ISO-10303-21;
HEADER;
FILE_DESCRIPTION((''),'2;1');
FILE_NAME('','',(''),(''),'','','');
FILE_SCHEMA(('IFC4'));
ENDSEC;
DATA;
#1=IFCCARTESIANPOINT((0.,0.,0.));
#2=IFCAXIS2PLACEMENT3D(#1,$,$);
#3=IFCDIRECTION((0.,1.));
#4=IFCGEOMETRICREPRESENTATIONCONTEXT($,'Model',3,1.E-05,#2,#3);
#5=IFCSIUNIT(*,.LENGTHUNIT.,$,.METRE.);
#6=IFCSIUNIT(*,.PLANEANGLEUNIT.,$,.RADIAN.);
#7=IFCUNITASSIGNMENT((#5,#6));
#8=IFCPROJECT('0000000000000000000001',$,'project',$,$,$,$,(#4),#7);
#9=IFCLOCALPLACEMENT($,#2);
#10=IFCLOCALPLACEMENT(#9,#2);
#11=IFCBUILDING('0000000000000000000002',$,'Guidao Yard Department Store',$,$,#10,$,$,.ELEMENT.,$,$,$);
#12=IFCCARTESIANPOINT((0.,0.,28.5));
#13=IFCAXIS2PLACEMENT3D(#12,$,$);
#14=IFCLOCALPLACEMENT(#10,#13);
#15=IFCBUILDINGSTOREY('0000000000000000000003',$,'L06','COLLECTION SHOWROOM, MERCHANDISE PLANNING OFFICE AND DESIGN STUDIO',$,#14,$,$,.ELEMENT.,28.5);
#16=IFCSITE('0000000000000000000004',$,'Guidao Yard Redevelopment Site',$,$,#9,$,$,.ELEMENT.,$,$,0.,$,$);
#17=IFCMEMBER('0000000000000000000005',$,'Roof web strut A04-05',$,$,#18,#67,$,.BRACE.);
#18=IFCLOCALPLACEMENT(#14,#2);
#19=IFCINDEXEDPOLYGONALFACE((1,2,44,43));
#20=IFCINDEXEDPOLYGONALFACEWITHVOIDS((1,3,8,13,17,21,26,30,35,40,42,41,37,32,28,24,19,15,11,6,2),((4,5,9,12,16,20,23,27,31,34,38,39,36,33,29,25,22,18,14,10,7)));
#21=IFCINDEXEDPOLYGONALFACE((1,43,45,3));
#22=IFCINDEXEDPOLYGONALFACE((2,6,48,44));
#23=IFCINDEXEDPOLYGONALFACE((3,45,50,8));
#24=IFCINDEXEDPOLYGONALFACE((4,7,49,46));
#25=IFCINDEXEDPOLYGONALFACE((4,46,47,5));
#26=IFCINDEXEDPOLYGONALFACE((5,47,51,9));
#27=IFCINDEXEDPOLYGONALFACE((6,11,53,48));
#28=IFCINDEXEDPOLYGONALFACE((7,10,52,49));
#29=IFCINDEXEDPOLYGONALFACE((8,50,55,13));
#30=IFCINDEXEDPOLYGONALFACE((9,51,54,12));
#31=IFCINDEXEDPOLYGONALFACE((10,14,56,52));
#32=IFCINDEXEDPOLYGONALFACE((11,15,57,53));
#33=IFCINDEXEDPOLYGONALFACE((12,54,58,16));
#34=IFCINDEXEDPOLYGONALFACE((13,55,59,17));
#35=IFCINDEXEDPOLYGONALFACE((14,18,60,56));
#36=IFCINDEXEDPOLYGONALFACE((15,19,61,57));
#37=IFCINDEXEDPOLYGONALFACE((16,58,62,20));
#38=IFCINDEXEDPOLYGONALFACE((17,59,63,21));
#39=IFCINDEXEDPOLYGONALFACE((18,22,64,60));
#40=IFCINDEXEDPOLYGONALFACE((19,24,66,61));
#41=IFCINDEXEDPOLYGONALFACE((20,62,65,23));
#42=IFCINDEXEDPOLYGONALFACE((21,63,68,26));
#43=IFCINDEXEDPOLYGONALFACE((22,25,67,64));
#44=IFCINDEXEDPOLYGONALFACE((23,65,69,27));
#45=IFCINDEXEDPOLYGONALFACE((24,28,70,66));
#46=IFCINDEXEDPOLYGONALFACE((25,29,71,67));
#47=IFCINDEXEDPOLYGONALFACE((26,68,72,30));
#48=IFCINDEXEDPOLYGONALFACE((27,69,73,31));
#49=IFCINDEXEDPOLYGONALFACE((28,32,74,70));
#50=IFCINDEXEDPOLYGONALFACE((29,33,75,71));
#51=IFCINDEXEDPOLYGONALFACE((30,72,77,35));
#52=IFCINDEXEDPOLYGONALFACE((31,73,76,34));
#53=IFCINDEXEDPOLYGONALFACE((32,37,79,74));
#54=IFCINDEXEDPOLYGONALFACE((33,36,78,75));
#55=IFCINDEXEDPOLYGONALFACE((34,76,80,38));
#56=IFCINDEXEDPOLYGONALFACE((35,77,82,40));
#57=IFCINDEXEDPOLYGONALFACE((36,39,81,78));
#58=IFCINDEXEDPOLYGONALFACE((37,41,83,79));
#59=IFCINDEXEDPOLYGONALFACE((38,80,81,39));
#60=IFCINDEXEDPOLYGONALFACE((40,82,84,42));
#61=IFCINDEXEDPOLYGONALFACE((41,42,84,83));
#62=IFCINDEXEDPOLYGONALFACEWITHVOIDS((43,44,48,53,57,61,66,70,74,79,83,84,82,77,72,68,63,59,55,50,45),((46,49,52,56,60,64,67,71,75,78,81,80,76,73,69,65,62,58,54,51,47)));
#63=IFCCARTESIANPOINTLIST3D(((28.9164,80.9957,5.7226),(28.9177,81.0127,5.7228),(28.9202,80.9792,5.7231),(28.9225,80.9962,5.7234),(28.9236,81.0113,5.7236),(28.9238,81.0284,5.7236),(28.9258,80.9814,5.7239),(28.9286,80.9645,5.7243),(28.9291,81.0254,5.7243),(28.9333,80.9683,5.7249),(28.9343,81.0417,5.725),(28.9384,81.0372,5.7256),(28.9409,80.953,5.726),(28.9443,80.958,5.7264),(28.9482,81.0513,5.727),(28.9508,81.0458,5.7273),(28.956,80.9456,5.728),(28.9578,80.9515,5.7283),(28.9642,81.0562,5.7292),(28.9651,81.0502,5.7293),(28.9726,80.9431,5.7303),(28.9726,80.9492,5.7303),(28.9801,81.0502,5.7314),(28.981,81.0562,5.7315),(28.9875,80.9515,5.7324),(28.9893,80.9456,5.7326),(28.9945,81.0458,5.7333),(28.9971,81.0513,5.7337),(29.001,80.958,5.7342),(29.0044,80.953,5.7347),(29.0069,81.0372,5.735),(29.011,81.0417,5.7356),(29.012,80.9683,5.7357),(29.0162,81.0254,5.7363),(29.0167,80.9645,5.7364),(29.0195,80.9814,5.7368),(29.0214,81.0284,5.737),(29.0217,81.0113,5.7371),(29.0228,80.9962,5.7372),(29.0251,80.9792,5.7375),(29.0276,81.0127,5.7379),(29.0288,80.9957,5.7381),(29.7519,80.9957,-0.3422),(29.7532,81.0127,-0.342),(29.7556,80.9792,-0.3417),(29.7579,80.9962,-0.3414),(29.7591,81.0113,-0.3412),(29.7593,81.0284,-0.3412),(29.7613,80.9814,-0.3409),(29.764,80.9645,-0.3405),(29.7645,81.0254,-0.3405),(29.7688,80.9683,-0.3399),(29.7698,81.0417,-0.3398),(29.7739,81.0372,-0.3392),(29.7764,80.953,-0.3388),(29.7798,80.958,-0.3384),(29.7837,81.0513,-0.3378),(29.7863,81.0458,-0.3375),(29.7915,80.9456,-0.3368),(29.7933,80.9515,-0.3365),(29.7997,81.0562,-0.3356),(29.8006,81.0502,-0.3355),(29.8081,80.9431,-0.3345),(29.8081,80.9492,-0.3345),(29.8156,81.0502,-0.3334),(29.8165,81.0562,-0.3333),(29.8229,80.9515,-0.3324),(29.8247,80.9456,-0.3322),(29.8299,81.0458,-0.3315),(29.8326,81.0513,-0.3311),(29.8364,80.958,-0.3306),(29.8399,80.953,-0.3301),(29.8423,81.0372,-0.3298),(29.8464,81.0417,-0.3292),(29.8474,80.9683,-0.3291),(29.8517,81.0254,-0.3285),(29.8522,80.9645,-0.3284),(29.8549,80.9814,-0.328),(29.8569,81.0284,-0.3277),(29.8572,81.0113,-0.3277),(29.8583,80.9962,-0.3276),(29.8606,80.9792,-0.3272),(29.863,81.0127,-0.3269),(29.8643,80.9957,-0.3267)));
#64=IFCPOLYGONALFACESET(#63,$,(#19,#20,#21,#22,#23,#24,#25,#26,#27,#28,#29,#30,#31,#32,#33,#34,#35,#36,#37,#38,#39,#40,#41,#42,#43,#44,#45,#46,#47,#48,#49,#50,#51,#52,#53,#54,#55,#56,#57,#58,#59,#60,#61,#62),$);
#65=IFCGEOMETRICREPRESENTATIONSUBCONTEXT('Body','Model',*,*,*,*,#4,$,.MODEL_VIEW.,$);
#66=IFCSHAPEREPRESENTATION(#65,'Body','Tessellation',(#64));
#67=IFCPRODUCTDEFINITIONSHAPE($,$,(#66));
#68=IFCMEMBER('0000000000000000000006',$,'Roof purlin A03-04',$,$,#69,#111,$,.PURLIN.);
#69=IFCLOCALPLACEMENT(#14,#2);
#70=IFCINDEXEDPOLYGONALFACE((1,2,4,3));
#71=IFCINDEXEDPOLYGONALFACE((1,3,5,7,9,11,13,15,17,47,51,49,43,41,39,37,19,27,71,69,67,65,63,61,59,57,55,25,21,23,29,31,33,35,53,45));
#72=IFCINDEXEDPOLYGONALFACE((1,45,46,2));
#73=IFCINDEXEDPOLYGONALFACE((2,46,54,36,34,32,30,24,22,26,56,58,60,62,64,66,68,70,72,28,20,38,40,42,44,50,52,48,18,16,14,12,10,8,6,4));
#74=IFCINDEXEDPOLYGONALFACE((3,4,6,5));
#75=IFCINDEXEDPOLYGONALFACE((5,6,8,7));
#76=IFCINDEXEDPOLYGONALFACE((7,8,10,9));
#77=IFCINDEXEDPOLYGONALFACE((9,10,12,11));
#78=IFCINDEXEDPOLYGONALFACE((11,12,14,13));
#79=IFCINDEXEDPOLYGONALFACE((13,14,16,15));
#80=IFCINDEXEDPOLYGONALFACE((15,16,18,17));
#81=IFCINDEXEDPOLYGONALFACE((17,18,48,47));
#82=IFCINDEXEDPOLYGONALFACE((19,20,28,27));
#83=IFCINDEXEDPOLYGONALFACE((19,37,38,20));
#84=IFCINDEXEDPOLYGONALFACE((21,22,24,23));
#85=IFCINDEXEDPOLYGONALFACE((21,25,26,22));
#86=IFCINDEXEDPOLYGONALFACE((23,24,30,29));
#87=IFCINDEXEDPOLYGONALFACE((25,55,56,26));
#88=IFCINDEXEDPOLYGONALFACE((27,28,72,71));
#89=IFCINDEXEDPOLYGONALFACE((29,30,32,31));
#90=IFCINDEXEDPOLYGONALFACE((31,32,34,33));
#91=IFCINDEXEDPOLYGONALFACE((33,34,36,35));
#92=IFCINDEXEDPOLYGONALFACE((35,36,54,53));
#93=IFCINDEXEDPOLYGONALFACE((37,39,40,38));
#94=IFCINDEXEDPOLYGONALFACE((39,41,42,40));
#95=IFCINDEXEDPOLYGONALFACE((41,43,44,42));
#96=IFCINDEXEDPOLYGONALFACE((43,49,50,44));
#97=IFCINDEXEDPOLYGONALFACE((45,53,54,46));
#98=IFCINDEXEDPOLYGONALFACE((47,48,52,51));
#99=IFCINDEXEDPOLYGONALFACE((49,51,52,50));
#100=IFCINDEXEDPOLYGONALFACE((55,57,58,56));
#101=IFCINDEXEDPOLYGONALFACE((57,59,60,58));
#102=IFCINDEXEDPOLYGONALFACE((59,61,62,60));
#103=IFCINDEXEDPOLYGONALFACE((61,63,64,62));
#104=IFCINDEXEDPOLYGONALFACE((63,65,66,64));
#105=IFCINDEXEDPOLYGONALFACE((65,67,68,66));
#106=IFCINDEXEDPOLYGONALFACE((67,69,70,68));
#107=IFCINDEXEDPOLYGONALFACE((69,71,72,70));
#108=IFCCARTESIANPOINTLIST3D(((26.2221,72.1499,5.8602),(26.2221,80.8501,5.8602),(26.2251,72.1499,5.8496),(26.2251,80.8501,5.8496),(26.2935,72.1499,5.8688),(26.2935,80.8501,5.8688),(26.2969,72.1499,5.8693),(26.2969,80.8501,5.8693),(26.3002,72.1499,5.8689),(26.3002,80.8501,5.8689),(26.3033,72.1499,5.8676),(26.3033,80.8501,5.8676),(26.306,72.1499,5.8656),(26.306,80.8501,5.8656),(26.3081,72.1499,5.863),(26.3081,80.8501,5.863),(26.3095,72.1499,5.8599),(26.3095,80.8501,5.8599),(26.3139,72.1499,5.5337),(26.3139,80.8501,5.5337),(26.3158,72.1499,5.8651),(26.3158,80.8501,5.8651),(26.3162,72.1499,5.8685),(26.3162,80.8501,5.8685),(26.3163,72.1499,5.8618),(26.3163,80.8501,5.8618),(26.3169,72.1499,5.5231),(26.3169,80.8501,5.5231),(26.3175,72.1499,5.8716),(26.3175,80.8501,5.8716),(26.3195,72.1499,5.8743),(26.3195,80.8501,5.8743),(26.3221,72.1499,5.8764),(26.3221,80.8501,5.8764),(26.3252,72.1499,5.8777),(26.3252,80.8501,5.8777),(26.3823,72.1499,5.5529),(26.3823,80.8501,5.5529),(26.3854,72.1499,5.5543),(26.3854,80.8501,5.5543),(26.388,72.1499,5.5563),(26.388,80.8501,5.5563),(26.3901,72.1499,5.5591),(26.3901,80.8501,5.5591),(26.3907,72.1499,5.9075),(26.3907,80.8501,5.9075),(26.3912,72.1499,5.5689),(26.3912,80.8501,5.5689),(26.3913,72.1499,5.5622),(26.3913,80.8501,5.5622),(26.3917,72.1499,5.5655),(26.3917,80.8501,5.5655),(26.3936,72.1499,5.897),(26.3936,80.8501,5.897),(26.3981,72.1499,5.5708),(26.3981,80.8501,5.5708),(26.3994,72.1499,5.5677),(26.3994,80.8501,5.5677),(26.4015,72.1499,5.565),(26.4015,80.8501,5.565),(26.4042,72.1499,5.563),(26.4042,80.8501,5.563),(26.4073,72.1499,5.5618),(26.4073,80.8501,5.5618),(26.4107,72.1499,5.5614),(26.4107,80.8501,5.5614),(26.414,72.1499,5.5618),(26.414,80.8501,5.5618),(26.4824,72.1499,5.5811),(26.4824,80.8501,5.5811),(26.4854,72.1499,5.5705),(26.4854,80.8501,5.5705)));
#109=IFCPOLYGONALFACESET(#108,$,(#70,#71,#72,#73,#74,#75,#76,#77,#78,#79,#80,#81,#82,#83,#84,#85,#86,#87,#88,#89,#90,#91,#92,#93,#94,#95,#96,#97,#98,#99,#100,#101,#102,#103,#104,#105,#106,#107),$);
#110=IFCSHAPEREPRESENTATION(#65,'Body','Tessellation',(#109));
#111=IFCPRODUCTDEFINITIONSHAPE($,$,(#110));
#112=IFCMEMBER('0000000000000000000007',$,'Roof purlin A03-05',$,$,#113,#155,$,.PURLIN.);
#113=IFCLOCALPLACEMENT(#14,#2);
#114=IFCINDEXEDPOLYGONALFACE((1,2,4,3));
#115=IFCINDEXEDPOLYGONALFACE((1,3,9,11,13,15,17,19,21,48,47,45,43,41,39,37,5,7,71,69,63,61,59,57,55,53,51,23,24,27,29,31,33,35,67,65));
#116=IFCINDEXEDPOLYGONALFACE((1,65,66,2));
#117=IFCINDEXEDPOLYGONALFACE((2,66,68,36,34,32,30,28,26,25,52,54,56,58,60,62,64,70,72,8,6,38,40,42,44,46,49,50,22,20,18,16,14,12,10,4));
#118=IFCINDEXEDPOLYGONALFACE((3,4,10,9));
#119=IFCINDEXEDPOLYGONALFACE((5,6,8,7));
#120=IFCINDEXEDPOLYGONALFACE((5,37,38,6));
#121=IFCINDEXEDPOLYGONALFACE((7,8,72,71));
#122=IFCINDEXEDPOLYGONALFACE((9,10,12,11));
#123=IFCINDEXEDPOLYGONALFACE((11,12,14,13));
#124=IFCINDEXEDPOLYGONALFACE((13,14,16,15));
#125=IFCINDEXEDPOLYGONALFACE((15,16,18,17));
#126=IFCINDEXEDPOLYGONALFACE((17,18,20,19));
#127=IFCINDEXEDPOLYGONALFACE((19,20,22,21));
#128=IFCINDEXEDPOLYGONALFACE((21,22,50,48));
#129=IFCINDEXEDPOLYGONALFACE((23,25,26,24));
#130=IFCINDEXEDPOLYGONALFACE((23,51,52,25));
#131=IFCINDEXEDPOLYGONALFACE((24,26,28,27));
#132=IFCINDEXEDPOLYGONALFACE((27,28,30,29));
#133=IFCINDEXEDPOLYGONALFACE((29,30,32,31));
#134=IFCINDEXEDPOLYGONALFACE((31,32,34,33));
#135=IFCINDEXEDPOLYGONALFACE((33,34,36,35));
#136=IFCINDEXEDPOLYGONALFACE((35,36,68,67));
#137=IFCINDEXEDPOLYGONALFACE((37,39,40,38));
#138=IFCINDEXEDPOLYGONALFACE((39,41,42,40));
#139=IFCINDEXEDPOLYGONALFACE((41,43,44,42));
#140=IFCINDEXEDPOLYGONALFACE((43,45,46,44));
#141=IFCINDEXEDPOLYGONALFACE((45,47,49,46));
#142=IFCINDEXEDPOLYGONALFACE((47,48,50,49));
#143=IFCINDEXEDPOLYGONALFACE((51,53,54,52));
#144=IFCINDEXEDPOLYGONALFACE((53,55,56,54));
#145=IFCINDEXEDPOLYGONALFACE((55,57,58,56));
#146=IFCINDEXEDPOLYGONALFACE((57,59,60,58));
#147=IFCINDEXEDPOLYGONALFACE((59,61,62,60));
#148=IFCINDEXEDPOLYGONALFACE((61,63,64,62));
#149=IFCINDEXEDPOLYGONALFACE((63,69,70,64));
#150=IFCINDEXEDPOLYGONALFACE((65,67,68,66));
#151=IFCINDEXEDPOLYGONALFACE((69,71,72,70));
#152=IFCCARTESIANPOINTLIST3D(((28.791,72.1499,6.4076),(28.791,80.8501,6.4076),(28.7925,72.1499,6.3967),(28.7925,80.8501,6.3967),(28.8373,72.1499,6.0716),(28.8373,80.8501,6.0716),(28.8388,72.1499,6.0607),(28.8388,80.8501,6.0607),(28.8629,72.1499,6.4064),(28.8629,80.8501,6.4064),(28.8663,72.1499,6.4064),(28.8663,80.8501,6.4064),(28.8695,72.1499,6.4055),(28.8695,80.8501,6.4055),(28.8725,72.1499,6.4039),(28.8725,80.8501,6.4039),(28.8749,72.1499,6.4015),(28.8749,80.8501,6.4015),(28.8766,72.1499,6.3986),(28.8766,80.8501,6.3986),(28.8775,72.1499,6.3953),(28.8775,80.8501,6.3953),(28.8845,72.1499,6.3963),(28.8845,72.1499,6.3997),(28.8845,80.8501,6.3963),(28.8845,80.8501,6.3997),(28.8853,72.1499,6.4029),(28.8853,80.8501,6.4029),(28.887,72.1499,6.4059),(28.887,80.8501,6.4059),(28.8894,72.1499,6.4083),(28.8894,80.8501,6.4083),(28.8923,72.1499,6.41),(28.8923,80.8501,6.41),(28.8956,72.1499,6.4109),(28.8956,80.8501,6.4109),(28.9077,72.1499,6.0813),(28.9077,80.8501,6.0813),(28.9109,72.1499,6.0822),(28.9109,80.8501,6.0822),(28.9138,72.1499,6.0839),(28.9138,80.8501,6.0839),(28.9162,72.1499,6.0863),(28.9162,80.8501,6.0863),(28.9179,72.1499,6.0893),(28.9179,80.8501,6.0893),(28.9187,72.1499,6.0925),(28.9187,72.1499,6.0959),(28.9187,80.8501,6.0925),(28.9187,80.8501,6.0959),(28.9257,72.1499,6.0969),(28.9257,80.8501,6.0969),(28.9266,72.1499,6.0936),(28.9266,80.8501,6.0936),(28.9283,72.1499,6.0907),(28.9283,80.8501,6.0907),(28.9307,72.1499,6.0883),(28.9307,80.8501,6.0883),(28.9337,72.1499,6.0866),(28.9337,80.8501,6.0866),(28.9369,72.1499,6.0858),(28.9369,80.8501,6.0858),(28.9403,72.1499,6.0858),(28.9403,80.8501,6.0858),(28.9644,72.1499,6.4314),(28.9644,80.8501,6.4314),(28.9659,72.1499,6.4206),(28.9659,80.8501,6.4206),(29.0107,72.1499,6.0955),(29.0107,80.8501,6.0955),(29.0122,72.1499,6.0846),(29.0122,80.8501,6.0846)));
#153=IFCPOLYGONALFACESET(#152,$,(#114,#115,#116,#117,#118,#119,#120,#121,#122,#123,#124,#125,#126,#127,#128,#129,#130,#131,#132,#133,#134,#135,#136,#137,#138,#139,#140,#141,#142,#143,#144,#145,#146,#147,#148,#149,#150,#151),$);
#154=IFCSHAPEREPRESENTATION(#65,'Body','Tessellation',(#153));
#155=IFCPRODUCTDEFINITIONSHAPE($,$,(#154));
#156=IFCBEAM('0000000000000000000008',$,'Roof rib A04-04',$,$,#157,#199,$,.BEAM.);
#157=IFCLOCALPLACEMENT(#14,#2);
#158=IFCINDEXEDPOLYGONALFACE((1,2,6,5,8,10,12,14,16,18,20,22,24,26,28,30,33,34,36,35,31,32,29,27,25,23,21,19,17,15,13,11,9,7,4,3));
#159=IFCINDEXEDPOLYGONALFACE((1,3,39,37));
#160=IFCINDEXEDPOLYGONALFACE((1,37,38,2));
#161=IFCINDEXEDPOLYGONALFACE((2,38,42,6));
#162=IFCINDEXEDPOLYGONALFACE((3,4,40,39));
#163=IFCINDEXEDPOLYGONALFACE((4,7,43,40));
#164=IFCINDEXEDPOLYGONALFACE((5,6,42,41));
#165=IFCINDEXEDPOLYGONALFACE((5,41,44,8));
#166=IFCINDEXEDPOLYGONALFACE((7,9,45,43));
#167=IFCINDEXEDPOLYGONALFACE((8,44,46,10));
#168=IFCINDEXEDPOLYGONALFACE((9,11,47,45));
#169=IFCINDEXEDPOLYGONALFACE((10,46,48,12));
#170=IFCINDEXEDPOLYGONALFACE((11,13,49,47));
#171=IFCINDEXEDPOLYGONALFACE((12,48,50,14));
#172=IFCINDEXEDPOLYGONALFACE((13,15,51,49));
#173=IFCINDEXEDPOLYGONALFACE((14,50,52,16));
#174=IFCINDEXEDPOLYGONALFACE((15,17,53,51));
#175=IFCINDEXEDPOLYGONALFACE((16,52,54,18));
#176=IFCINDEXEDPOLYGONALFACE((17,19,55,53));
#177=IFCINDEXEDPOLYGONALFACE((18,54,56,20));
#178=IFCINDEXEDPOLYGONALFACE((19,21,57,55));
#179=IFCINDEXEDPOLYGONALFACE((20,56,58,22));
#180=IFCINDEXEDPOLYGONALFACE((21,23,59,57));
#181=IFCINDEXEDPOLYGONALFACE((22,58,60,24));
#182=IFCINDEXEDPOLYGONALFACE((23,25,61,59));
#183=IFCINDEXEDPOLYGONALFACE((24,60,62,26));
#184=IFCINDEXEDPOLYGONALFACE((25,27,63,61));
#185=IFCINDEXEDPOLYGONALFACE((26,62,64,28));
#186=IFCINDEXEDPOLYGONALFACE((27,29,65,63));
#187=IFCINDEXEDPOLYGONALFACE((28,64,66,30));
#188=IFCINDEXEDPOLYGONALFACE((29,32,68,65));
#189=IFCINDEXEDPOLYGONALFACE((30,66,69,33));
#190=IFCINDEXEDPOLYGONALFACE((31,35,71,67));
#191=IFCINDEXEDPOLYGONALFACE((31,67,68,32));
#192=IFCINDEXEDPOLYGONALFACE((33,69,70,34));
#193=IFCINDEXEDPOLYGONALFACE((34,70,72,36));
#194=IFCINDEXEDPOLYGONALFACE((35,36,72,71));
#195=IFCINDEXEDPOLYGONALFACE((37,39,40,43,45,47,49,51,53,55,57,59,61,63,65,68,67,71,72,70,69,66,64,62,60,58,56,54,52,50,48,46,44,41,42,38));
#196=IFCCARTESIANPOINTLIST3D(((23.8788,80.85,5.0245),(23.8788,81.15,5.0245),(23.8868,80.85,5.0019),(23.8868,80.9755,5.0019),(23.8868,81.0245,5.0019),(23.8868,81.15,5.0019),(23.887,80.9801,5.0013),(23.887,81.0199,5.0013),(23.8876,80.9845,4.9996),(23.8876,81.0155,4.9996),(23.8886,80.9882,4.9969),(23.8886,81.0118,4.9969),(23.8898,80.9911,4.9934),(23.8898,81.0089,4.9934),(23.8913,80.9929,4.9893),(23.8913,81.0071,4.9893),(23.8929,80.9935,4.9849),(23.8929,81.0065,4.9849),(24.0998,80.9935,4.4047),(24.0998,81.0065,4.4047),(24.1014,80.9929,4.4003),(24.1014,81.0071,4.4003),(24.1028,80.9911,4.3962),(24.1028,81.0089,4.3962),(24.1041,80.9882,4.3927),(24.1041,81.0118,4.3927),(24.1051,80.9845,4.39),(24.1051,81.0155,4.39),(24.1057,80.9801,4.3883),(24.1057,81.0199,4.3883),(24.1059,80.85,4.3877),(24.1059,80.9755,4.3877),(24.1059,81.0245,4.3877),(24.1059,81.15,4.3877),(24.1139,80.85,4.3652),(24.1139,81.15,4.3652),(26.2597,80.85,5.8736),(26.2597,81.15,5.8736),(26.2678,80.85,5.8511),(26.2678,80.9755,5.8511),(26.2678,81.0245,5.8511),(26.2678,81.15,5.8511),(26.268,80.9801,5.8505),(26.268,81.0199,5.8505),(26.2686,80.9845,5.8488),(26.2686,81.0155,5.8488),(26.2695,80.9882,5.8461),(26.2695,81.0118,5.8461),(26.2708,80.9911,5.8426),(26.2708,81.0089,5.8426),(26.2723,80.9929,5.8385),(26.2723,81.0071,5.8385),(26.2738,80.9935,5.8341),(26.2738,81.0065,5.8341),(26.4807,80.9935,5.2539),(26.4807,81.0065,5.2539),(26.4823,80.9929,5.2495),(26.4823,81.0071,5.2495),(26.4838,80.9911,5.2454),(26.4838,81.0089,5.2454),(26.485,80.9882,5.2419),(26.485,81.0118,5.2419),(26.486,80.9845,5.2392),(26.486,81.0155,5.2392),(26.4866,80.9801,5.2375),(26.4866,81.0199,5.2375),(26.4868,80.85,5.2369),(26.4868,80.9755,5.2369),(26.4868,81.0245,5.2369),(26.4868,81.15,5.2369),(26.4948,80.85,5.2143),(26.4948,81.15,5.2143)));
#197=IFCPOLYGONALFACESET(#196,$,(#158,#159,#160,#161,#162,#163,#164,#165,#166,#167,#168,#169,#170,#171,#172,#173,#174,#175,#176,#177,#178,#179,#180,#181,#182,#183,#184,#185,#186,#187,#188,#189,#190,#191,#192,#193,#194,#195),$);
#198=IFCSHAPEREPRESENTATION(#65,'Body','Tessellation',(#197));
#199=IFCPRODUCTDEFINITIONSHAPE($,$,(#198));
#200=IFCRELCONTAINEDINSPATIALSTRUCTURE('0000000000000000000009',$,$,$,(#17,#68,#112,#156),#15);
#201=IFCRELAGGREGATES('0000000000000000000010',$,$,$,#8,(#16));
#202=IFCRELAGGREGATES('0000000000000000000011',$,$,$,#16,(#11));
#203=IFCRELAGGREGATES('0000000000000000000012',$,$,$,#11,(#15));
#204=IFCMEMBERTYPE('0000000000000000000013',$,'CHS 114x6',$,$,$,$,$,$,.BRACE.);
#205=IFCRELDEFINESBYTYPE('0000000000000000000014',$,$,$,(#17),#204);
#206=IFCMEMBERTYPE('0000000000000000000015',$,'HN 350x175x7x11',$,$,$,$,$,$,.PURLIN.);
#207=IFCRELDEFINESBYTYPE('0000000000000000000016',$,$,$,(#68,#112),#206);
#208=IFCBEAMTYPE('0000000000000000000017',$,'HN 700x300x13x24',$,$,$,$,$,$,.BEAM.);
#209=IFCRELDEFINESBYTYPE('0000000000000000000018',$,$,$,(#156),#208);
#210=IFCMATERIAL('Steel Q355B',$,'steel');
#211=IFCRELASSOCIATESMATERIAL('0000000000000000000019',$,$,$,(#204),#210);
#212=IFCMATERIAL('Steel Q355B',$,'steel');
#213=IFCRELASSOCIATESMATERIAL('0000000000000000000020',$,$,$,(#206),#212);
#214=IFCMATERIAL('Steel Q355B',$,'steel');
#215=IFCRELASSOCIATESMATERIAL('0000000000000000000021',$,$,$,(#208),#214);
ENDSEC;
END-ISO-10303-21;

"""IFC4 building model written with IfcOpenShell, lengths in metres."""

from ifc_helpers import new_model, si_unit, direction, frame, origin, origin_2d, place, context, subcontext, project, spatial, hollow_circle, i_section, extrude, material, material_profile, profile_set, type_object, element, save


model = new_model("IFC4")

# Units and contexts
model_context = context("Model", 3, precision=1e-05, world=origin(), true_north=direction((0.0, 1.0)))
body_context = subcontext(model_context, "Body", "Model", "MODEL_VIEW")
ifc_project = project(units=[si_unit("LENGTHUNIT", "METRE"), si_unit("PLANEANGLEUNIT", "RADIAN")], contexts=[model_context])

# Site, building, storey
site_placement = place(None, origin())
site = spatial("IfcSite", under=ifc_project, at=site_placement, Name="Guidao Yard Redevelopment Site", CompositionType="ELEMENT", RefElevation=0.0)
building_placement = place(site_placement, origin())
building = spatial("IfcBuilding", under=site, at=building_placement, Name="Guidao Yard Department Store", CompositionType="ELEMENT")
storey_placement = place(building_placement, frame((0.0, 0.0, 28.5)))
storey = spatial("IfcBuildingStorey", under=building, at=storey_placement, Name="L06", Description="COLLECTION SHOWROOM, MERCHANDISE PLANNING OFFICE AND DESIGN STUDIO", CompositionType="ELEMENT", Elevation=28.5)

# Members
ifc_material_1 = material(Name="Steel Q355B", Category="steel")
ifc_material_profile_1 = material_profile(ifc_material_1, hollow_circle(Radius=0.0569, WallThickness=0.0061, at=origin_2d()), Name="CHS 114x6")
ifc_profile_set_1 = profile_set([ifc_material_profile_1], Name="Steel Q355B")
member_type_1 = type_object("IfcMemberType", Name="CHS 114x6", PredefinedType="BRACE", material=ifc_profile_set_1)
member_1_placement = place(storey_placement, frame((29.8081, 81.0, -0.3345), z_axis=(-0.136467, 0.0, 0.990645), x_axis=(0.0, -1.0, 0.0)))
element("IfcMember", 1, at=member_1_placement, inside=storey, type_object=member_type_1, Name="Roof web strut A04-05", PredefinedType="BRACE", context=body_context, shape_type="SweptSolid", body=[
    extrude(hollow_circle(Radius=0.0569, WallThickness=0.0061, at=origin_2d()), origin(), (0.0, 0.0, 1.0), 6.1221),
])
ifc_material_2 = material(Name="Steel Q355B", Category="steel")
ifc_material_profile_2 = material_profile(ifc_material_2, i_section(OverallWidth=0.175, OverallDepth=0.3501, WebThickness=0.0071, FlangeThickness=0.011, FilletRadius=0.0129, at=origin_2d()), Name="HN 350x175x7x11")
ifc_profile_set_2 = profile_set([ifc_material_profile_2], Name="Steel Q355B")
member_type_2 = type_object("IfcMemberType", Name="HN 350x175x7x11", PredefinedType="PURLIN", material=ifc_profile_set_2)
for number, where, z_axis, x_axis, name in (
    (2, (26.3538, 72.1499, 5.7153), (0.0, 1.0, 0.0), (-0.962712, 0.0, -0.270529), "Roof purlin A03-04"),
    (3, (28.9016, 72.1499, 6.2461), (0.0, 1.0, 0.0), (-0.990647, 0.0, -0.136449), "Roof purlin A03-05"),
):
    element("IfcMember", number, at=place(storey_placement, frame(where, z_axis=z_axis, x_axis=x_axis)), inside=storey, type_object=member_type_2, Name=name, PredefinedType="PURLIN", context=body_context, shape_type="SweptSolid", body=[
        extrude(i_section(OverallWidth=0.175, OverallDepth=0.3501, WebThickness=0.0071, FlangeThickness=0.011, FilletRadius=0.0129, at=origin_2d()), origin(), (0.0, 0.0, 1.0), 8.7002),
    ])

# Beam
ifc_material_3 = material(Name="Steel Q355B", Category="steel")
ifc_material_profile_3 = material_profile(ifc_material_3, i_section(OverallWidth=0.3, OverallDepth=0.7, WebThickness=0.0129, FlangeThickness=0.0239, FilletRadius=0.0181, at=origin_2d()), Name="HN 700x300x13x24")
ifc_profile_set_3 = profile_set([ifc_material_profile_3], Name="Steel Q355B")
beam_type = type_object("IfcBeamType", Name="HN 700x300x13x24", PredefinedType="BEAM", material=ifc_profile_set_3)
beam_1_placement = place(storey_placement, frame((23.9963, 81.0, 4.6948), z_axis=(0.94189, 0.0, 0.33592), x_axis=(0.0, 1.0, 0.0)))
element("IfcBeam", 4, at=beam_1_placement, inside=storey, type_object=beam_type, Name="Roof rib A04-04", PredefinedType="BEAM", context=body_context, shape_type="SweptSolid", body=[
    extrude(i_section(OverallWidth=0.3, OverallDepth=0.7, WebThickness=0.0129, FlangeThickness=0.0239, FilletRadius=0.0181, at=origin_2d()), origin(), (0.0, 0.0, 1.0), 2.5278),
])

save(model, "model.ifc")
